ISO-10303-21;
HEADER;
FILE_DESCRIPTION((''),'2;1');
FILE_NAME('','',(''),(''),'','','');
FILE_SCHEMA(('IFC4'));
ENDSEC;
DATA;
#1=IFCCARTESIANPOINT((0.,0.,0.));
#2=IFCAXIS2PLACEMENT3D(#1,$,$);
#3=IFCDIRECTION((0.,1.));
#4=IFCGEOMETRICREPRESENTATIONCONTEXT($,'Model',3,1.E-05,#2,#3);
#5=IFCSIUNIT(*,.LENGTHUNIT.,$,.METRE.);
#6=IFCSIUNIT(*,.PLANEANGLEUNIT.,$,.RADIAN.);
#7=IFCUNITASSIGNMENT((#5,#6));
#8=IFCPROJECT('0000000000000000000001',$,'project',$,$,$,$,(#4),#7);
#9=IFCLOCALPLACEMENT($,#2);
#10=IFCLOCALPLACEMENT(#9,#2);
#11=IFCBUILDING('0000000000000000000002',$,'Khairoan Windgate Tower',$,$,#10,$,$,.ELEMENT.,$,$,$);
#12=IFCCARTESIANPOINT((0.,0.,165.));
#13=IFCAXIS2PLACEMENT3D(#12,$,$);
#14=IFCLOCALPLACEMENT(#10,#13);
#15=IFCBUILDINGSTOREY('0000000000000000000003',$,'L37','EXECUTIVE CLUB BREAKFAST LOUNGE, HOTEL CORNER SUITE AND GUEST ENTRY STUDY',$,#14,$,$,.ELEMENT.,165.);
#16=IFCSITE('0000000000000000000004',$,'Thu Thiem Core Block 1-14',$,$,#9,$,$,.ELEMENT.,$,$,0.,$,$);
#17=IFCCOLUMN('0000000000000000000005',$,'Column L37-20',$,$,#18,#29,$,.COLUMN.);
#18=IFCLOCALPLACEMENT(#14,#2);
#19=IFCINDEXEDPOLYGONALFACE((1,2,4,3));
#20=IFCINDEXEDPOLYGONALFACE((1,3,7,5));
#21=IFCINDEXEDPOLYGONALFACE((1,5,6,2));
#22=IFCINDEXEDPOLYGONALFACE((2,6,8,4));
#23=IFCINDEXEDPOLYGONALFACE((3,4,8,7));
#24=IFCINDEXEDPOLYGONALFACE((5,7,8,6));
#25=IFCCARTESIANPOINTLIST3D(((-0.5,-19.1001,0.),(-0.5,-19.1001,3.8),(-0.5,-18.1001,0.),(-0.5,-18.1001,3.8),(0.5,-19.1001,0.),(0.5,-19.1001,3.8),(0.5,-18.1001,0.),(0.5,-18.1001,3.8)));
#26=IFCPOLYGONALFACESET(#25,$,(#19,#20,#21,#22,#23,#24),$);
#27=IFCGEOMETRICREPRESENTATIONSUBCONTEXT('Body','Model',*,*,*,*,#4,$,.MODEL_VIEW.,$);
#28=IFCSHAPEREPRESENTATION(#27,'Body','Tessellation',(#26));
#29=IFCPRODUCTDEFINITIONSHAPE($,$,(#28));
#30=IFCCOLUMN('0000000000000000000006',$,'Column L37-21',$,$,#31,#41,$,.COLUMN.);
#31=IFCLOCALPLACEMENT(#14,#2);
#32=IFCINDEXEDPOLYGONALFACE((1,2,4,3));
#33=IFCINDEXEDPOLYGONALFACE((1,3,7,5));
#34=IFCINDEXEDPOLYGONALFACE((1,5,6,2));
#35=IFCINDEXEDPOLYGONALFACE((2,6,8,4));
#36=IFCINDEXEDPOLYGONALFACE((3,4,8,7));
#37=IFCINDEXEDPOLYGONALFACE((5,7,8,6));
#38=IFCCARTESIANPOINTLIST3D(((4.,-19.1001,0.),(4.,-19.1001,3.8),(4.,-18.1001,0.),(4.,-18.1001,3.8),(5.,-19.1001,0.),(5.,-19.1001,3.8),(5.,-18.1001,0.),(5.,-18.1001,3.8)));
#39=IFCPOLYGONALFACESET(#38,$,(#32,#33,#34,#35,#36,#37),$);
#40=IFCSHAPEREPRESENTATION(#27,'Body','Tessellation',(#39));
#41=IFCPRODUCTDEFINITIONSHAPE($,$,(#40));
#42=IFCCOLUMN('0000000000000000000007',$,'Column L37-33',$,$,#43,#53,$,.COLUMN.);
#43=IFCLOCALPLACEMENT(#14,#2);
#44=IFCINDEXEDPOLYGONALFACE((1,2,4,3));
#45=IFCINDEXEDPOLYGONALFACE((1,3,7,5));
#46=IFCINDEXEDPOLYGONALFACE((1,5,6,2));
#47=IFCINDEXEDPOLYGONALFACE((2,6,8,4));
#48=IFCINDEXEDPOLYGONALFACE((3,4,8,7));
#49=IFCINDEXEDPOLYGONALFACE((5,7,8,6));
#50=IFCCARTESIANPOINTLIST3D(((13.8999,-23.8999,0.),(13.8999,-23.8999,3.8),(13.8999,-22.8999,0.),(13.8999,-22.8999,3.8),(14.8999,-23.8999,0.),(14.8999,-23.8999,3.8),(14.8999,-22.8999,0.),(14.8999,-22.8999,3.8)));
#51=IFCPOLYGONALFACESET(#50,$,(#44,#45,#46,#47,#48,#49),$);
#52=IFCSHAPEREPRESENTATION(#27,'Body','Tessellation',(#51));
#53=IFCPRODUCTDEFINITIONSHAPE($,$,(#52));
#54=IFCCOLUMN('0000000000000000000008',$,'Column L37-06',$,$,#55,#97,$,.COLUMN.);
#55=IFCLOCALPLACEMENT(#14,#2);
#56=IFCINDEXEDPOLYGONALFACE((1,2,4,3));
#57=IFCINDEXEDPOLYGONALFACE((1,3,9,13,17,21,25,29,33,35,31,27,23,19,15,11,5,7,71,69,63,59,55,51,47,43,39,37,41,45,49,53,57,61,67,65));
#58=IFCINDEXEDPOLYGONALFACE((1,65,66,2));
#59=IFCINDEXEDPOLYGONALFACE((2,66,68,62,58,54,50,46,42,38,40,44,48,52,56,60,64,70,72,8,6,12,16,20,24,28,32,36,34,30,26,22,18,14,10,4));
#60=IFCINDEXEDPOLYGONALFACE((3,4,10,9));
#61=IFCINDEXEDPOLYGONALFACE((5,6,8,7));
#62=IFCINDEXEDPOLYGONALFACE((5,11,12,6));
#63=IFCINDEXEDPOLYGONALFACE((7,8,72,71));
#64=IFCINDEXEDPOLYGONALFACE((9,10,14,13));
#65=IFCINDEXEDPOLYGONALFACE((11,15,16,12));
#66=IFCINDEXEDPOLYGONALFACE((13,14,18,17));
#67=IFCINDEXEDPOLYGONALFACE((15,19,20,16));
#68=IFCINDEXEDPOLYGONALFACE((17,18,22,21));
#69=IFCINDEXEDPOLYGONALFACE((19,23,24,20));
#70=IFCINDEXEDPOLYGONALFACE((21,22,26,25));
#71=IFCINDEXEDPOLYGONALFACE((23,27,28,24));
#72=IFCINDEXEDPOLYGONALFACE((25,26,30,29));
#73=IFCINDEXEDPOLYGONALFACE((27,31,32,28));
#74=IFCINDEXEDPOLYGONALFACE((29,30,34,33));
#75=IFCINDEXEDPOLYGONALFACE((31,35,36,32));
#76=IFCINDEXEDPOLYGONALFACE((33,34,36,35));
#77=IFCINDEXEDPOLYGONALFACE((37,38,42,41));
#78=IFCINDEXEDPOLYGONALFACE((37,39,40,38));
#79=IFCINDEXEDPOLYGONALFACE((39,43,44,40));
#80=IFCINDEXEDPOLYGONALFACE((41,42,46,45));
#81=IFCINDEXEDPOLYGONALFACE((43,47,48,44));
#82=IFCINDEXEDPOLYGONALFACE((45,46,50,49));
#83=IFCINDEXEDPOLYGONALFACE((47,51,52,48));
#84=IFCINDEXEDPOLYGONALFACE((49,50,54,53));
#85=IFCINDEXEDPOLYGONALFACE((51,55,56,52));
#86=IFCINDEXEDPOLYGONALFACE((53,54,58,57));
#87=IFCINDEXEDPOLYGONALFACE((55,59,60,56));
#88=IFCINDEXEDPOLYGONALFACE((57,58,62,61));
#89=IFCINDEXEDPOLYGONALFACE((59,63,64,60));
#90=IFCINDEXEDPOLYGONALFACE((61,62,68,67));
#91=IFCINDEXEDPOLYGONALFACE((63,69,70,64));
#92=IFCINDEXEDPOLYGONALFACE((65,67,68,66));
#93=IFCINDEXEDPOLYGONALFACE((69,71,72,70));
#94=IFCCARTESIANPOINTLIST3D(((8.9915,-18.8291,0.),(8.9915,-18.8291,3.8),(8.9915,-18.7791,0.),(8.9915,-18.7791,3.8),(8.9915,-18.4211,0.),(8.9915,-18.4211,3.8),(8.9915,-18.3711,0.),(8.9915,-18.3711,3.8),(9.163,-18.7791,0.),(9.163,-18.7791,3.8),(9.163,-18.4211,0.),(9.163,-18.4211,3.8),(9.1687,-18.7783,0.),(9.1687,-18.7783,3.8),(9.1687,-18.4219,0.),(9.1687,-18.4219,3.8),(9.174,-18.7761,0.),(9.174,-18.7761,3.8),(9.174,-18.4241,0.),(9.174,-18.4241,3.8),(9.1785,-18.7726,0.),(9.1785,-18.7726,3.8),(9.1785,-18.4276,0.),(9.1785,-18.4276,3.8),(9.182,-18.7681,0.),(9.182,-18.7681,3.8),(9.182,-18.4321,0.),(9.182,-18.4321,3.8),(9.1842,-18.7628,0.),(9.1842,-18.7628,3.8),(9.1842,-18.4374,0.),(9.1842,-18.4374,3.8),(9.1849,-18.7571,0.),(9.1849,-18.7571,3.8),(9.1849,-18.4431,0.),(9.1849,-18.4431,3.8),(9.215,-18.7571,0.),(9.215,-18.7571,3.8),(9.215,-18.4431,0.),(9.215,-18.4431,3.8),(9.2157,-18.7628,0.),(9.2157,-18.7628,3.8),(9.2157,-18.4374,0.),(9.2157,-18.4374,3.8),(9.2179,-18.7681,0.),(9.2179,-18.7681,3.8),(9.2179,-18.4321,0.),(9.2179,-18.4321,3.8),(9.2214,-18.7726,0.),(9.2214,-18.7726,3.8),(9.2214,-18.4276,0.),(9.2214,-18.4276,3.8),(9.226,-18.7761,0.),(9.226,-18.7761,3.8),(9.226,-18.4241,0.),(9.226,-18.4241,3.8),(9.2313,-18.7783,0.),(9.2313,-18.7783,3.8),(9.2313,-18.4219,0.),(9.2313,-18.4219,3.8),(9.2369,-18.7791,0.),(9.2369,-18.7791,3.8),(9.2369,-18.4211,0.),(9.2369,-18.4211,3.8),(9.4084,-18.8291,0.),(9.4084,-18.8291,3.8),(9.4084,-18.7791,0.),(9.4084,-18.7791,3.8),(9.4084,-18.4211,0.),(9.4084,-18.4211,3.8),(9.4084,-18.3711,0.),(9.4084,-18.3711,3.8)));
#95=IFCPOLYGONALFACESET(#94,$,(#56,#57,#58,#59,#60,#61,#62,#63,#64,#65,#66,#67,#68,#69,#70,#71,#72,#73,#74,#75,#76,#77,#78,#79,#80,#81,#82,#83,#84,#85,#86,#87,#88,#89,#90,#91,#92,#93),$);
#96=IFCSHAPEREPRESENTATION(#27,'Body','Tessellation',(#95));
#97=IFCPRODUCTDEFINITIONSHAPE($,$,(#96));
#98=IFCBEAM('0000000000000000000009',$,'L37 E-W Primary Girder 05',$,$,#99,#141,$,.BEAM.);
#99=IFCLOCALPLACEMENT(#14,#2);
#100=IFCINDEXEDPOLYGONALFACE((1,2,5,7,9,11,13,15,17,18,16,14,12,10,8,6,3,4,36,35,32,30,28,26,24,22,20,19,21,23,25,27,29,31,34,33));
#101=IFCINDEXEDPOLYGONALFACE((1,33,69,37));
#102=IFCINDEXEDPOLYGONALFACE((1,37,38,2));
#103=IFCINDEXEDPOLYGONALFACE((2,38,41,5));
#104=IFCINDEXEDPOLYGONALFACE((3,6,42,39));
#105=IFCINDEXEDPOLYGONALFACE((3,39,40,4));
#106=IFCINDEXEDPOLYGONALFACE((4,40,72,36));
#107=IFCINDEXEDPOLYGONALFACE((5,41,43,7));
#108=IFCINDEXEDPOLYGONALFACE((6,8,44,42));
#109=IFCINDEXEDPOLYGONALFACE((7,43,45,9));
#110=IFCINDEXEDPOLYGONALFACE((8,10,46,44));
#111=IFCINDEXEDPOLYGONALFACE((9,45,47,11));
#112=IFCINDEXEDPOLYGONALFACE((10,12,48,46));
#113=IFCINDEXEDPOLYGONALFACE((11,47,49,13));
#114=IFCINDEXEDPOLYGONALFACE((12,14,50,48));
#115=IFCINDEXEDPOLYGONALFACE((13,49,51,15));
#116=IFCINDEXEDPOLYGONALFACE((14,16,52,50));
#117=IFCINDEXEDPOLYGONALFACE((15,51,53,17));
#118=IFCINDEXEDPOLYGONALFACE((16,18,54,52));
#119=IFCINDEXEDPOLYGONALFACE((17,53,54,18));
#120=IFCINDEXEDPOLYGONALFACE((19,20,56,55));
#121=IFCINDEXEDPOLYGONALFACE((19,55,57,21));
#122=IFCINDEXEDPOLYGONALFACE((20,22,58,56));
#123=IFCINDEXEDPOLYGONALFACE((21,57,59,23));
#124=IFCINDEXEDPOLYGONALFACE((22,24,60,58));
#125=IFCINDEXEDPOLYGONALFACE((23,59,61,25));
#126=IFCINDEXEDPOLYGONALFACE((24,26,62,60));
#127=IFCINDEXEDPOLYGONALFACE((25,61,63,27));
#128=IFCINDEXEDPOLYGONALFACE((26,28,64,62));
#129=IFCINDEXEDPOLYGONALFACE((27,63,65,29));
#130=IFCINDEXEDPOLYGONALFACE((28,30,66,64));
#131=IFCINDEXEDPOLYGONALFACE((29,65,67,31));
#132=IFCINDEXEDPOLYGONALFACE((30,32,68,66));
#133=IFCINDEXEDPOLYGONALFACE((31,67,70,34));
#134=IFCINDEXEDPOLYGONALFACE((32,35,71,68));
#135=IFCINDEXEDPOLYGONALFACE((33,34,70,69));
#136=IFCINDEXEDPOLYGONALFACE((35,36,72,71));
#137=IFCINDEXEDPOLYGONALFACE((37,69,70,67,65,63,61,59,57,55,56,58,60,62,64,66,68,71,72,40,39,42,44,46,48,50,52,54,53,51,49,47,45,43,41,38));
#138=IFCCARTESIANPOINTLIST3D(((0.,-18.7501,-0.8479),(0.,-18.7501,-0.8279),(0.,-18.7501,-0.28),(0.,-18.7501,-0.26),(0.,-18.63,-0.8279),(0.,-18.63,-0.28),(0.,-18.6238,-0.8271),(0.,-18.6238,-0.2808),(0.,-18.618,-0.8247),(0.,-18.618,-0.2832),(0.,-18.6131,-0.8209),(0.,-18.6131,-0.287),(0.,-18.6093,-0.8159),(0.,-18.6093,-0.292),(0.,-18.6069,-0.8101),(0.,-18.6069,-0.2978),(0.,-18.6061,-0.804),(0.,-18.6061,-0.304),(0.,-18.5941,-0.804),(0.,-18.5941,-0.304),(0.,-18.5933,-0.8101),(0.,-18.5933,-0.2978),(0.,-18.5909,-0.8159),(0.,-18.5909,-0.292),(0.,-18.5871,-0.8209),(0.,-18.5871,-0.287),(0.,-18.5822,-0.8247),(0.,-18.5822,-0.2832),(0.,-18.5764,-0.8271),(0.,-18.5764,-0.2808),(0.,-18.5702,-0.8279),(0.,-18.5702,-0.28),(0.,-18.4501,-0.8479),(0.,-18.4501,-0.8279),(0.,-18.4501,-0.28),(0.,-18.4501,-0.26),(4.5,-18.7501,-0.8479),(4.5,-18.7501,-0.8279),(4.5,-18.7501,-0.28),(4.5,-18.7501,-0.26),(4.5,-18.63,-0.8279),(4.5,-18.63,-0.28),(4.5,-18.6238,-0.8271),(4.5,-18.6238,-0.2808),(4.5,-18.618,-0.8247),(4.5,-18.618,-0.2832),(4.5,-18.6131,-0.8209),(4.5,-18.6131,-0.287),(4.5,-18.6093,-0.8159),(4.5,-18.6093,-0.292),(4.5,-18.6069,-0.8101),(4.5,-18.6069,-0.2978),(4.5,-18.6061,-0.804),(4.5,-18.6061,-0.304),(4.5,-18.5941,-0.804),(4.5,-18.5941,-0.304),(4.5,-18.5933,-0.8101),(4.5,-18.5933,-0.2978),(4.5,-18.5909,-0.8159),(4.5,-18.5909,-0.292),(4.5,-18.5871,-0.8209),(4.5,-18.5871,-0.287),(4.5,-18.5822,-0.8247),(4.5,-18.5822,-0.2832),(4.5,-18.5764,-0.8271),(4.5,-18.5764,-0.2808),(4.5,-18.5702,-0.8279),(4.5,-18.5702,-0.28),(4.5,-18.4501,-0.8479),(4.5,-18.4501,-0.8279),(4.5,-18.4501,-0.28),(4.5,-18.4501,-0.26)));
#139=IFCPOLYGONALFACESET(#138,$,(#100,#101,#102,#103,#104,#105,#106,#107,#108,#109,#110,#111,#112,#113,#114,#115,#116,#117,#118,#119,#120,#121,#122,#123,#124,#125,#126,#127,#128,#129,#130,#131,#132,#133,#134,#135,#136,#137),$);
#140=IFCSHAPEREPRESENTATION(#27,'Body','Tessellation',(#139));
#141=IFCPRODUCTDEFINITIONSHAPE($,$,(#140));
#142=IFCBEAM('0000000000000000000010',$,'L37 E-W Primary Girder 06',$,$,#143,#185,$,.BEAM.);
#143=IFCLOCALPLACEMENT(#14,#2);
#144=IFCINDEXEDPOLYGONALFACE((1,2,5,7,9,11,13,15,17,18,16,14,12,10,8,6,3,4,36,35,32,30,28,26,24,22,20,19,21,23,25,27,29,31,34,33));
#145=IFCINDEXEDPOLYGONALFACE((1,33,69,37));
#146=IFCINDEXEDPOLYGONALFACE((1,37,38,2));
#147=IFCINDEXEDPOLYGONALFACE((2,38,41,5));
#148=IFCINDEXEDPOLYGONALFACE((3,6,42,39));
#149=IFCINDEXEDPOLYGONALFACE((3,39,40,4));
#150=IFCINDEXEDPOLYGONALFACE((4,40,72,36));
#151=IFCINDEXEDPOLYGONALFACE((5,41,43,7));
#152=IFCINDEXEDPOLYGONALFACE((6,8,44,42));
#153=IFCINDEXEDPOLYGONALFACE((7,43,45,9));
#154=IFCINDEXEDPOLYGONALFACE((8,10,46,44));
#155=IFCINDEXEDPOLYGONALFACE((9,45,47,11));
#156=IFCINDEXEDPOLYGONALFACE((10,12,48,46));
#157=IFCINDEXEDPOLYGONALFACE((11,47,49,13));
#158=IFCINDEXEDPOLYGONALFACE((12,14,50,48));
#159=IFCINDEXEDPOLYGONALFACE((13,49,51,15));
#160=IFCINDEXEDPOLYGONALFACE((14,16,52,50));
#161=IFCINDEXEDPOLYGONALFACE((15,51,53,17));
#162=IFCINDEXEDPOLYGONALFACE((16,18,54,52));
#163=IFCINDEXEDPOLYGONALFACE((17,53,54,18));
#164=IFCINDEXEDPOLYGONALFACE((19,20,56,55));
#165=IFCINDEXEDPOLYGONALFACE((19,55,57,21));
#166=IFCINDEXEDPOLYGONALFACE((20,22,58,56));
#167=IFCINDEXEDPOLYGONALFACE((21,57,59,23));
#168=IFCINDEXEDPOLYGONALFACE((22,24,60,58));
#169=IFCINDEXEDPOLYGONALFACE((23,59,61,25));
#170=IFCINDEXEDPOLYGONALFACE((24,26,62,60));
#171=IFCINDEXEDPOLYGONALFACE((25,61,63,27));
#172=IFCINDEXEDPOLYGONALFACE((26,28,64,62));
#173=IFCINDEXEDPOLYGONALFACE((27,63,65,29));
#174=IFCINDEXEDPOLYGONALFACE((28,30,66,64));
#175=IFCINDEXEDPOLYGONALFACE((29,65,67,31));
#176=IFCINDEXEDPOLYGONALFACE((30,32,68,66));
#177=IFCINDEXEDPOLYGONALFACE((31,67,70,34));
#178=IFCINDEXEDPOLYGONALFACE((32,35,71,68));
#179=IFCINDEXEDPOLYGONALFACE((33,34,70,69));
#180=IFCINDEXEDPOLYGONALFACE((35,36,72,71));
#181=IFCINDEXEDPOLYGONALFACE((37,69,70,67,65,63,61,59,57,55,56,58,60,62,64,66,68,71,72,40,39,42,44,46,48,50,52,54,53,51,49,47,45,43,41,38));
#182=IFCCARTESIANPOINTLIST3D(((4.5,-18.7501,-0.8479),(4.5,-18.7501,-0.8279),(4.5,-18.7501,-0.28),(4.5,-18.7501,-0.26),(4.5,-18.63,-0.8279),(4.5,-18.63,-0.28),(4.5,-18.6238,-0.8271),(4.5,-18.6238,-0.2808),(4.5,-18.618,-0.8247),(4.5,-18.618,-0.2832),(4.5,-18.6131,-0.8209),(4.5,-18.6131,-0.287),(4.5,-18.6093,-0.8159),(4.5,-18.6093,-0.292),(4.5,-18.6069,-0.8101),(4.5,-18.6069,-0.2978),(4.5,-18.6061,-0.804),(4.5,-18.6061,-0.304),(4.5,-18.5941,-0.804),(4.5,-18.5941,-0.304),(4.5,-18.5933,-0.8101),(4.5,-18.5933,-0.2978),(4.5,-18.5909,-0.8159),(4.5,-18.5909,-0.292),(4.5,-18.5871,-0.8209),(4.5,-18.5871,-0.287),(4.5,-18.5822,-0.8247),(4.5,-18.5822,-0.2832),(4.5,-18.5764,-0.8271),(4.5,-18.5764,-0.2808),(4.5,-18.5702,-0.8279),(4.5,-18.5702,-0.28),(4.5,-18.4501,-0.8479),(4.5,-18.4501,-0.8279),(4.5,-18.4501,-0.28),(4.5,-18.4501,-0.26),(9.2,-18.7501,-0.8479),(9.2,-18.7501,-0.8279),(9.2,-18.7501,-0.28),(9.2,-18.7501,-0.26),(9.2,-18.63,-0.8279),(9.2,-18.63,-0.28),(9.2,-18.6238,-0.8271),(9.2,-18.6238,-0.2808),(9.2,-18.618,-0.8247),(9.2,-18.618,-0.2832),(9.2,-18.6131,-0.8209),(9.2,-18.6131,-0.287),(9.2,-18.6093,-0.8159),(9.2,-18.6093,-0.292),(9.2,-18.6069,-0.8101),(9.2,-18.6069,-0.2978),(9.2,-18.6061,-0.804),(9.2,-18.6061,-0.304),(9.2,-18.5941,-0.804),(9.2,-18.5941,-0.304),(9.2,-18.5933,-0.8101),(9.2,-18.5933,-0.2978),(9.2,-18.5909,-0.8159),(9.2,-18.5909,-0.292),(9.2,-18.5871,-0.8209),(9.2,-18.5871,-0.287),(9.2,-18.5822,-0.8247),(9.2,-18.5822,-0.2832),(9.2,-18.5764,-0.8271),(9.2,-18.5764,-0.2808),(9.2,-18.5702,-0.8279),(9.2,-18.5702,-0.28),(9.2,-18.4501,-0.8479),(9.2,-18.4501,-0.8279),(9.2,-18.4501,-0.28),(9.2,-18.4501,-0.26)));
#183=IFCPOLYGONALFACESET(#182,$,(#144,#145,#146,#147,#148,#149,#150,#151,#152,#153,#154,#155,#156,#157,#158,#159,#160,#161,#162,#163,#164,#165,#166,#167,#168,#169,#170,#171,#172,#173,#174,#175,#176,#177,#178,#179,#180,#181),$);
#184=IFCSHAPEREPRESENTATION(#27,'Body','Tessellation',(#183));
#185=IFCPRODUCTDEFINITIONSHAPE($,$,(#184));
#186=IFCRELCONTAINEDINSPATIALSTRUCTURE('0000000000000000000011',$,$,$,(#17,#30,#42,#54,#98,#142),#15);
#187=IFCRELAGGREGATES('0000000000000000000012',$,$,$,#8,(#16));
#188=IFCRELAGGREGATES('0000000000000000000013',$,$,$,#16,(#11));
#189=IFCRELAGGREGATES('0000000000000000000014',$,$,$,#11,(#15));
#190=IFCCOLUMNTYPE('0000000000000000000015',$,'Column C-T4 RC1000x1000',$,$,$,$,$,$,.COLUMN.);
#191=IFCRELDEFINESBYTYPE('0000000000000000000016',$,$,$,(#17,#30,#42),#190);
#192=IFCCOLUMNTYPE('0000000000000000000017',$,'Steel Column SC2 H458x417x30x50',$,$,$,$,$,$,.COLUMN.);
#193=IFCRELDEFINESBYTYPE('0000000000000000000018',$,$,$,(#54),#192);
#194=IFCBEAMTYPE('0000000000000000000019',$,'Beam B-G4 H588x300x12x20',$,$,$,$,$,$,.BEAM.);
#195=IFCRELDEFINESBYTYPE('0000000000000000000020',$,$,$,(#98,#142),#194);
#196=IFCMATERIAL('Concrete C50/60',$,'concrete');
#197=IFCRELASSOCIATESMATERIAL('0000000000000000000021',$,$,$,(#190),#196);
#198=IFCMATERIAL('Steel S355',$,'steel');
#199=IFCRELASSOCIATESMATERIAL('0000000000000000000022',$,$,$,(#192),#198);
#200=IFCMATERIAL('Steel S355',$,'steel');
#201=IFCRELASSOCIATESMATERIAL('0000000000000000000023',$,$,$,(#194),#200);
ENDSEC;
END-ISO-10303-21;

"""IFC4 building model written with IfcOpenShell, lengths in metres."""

from ifc_helpers import new_model, si_unit, direction, frame, origin, origin_2d, place, context, subcontext, project, spatial, rectangle, i_section, extrude, material, material_profile, profile_set, type_object, element, save


model = new_model("IFC4")

# Units and contexts
model_context = context("Model", 3, precision=1e-05, world=origin(), true_north=direction((0.0, 1.0)))
body_context = subcontext(model_context, "Body", "Model", "MODEL_VIEW")
ifc_project = project(units=[si_unit("LENGTHUNIT", "METRE"), si_unit("PLANEANGLEUNIT", "RADIAN")], contexts=[model_context])

# Site, building, storey
site_placement = place(None, origin())
site = spatial("IfcSite", under=ifc_project, at=site_placement, Name="Thu Thiem Core Block 1-14", CompositionType="ELEMENT", RefElevation=0.0)
building_placement = place(site_placement, origin())
building = spatial("IfcBuilding", under=site, at=building_placement, Name="Khairoan Windgate Tower", CompositionType="ELEMENT")
storey_placement = place(building_placement, frame((0.0, 0.0, 165.0)))
storey = spatial("IfcBuildingStorey", under=building, at=storey_placement, Name="L37", Description="EXECUTIVE CLUB BREAKFAST LOUNGE, HOTEL CORNER SUITE AND GUEST ENTRY STUDY", CompositionType="ELEMENT", Elevation=165.0)

# Columns
ifc_material_1 = material(Name="Concrete C50/60", Category="concrete")
ifc_material_profile_1 = material_profile(ifc_material_1, rectangle(XDim=1.0, YDim=1.0, at=origin_2d()))
ifc_profile_set_1 = profile_set([ifc_material_profile_1], Name="Concrete C50/60")
column_type_1 = type_object("IfcColumnType", Name="Column C-T4 RC1000x1000", PredefinedType="COLUMN", material=ifc_profile_set_1)
for number, where, z_axis, x_axis, name in (
    (1, (0.0, -18.6001, 0.0), (0.0, 0.0, 1.0), (1.0, 0.0, 0.0), "Column L37-20"),
    (2, (4.5, -18.6001, 0.0), (0.0, 0.0, 1.0), (1.0, 0.0, 0.0), "Column L37-21"),
    (3, (14.3999, -23.3999, 0.0), (0.0, 0.0, 1.0), (1.0, 0.0, 0.0), "Column L37-33"),
):
    element("IfcColumn", number, at=place(storey_placement, frame(where, z_axis=z_axis, x_axis=x_axis)), inside=storey, type_object=column_type_1, Name=name, PredefinedType="COLUMN", context=body_context, shape_type="SweptSolid", body=[
        extrude(rectangle(XDim=1.0, YDim=1.0, at=origin_2d()), origin(), (0.0, 0.0, 1.0), 3.8),
    ])
ifc_material_2 = material(Name="Steel S355", Category="steel")
ifc_material_profile_2 = material_profile(ifc_material_2, i_section(OverallWidth=0.417, OverallDepth=0.458, WebThickness=0.03, FlangeThickness=0.05, FilletRadius=0.022, at=origin_2d()))
ifc_profile_set_2 = profile_set([ifc_material_profile_2], Name="Steel S355")
column_type_2 = type_object("IfcColumnType", Name="Steel Column SC2 H458x417x30x50", PredefinedType="COLUMN", material=ifc_profile_set_2)
column_placement = place(storey_placement, frame((9.2, -18.6001, 0.0), z_axis=(0.0, 0.0, 1.0), x_axis=(1.0, 0.0, 0.0)))
element("IfcColumn", 4, at=column_placement, inside=storey, type_object=column_type_2, Name="Column L37-06", PredefinedType="COLUMN", context=body_context, shape_type="SweptSolid", body=[
    extrude(i_section(OverallWidth=0.417, OverallDepth=0.458, WebThickness=0.03, FlangeThickness=0.05, FilletRadius=0.022, at=origin_2d()), origin(), (0.0, 0.0, 1.0), 3.8),
])

# Beams
ifc_material_3 = material(Name="Steel S355", Category="steel")
ifc_material_profile_3 = material_profile(ifc_material_3, i_section(OverallWidth=0.3, OverallDepth=0.5879, WebThickness=0.012, FlangeThickness=0.02, FilletRadius=0.0239, at=origin_2d()))
ifc_profile_set_3 = profile_set([ifc_material_profile_3], Name="Steel S355")
beam_type_1 = type_object("IfcBeamType", Name="Beam B-G4 H588x300x12x20", PredefinedType="BEAM", material=ifc_profile_set_3)
beam_1_placement = place(storey_placement, frame((0.0, -18.6001, -0.554), z_axis=(1.0, 0.0, 0.0), x_axis=(0.0, 1.0, 0.0)))
element("IfcBeam", 5, at=beam_1_placement, inside=storey, type_object=beam_type_1, Name="L37 E-W Primary Girder 05", PredefinedType="BEAM", context=body_context, shape_type="SweptSolid", body=[
    extrude(i_section(OverallWidth=0.3, OverallDepth=0.5879, WebThickness=0.012, FlangeThickness=0.02, FilletRadius=0.0239, at=origin_2d()), origin(), (0.0, 0.0, 1.0), 4.5),
])
beam_2_placement = place(storey_placement, frame((4.5, -18.6001, -0.554), z_axis=(1.0, 0.0, 0.0), x_axis=(0.0, 1.0, 0.0)))
element("IfcBeam", 6, at=beam_2_placement, inside=storey, type_object=beam_type_1, Name="L37 E-W Primary Girder 06", PredefinedType="BEAM", context=body_context, shape_type="SweptSolid", body=[
    extrude(i_section(OverallWidth=0.3, OverallDepth=0.5879, WebThickness=0.012, FlangeThickness=0.02, FilletRadius=0.0239, at=origin_2d()), origin(), (0.0, 0.0, 1.0), 4.7),
])

save(model, "model.ifc")
